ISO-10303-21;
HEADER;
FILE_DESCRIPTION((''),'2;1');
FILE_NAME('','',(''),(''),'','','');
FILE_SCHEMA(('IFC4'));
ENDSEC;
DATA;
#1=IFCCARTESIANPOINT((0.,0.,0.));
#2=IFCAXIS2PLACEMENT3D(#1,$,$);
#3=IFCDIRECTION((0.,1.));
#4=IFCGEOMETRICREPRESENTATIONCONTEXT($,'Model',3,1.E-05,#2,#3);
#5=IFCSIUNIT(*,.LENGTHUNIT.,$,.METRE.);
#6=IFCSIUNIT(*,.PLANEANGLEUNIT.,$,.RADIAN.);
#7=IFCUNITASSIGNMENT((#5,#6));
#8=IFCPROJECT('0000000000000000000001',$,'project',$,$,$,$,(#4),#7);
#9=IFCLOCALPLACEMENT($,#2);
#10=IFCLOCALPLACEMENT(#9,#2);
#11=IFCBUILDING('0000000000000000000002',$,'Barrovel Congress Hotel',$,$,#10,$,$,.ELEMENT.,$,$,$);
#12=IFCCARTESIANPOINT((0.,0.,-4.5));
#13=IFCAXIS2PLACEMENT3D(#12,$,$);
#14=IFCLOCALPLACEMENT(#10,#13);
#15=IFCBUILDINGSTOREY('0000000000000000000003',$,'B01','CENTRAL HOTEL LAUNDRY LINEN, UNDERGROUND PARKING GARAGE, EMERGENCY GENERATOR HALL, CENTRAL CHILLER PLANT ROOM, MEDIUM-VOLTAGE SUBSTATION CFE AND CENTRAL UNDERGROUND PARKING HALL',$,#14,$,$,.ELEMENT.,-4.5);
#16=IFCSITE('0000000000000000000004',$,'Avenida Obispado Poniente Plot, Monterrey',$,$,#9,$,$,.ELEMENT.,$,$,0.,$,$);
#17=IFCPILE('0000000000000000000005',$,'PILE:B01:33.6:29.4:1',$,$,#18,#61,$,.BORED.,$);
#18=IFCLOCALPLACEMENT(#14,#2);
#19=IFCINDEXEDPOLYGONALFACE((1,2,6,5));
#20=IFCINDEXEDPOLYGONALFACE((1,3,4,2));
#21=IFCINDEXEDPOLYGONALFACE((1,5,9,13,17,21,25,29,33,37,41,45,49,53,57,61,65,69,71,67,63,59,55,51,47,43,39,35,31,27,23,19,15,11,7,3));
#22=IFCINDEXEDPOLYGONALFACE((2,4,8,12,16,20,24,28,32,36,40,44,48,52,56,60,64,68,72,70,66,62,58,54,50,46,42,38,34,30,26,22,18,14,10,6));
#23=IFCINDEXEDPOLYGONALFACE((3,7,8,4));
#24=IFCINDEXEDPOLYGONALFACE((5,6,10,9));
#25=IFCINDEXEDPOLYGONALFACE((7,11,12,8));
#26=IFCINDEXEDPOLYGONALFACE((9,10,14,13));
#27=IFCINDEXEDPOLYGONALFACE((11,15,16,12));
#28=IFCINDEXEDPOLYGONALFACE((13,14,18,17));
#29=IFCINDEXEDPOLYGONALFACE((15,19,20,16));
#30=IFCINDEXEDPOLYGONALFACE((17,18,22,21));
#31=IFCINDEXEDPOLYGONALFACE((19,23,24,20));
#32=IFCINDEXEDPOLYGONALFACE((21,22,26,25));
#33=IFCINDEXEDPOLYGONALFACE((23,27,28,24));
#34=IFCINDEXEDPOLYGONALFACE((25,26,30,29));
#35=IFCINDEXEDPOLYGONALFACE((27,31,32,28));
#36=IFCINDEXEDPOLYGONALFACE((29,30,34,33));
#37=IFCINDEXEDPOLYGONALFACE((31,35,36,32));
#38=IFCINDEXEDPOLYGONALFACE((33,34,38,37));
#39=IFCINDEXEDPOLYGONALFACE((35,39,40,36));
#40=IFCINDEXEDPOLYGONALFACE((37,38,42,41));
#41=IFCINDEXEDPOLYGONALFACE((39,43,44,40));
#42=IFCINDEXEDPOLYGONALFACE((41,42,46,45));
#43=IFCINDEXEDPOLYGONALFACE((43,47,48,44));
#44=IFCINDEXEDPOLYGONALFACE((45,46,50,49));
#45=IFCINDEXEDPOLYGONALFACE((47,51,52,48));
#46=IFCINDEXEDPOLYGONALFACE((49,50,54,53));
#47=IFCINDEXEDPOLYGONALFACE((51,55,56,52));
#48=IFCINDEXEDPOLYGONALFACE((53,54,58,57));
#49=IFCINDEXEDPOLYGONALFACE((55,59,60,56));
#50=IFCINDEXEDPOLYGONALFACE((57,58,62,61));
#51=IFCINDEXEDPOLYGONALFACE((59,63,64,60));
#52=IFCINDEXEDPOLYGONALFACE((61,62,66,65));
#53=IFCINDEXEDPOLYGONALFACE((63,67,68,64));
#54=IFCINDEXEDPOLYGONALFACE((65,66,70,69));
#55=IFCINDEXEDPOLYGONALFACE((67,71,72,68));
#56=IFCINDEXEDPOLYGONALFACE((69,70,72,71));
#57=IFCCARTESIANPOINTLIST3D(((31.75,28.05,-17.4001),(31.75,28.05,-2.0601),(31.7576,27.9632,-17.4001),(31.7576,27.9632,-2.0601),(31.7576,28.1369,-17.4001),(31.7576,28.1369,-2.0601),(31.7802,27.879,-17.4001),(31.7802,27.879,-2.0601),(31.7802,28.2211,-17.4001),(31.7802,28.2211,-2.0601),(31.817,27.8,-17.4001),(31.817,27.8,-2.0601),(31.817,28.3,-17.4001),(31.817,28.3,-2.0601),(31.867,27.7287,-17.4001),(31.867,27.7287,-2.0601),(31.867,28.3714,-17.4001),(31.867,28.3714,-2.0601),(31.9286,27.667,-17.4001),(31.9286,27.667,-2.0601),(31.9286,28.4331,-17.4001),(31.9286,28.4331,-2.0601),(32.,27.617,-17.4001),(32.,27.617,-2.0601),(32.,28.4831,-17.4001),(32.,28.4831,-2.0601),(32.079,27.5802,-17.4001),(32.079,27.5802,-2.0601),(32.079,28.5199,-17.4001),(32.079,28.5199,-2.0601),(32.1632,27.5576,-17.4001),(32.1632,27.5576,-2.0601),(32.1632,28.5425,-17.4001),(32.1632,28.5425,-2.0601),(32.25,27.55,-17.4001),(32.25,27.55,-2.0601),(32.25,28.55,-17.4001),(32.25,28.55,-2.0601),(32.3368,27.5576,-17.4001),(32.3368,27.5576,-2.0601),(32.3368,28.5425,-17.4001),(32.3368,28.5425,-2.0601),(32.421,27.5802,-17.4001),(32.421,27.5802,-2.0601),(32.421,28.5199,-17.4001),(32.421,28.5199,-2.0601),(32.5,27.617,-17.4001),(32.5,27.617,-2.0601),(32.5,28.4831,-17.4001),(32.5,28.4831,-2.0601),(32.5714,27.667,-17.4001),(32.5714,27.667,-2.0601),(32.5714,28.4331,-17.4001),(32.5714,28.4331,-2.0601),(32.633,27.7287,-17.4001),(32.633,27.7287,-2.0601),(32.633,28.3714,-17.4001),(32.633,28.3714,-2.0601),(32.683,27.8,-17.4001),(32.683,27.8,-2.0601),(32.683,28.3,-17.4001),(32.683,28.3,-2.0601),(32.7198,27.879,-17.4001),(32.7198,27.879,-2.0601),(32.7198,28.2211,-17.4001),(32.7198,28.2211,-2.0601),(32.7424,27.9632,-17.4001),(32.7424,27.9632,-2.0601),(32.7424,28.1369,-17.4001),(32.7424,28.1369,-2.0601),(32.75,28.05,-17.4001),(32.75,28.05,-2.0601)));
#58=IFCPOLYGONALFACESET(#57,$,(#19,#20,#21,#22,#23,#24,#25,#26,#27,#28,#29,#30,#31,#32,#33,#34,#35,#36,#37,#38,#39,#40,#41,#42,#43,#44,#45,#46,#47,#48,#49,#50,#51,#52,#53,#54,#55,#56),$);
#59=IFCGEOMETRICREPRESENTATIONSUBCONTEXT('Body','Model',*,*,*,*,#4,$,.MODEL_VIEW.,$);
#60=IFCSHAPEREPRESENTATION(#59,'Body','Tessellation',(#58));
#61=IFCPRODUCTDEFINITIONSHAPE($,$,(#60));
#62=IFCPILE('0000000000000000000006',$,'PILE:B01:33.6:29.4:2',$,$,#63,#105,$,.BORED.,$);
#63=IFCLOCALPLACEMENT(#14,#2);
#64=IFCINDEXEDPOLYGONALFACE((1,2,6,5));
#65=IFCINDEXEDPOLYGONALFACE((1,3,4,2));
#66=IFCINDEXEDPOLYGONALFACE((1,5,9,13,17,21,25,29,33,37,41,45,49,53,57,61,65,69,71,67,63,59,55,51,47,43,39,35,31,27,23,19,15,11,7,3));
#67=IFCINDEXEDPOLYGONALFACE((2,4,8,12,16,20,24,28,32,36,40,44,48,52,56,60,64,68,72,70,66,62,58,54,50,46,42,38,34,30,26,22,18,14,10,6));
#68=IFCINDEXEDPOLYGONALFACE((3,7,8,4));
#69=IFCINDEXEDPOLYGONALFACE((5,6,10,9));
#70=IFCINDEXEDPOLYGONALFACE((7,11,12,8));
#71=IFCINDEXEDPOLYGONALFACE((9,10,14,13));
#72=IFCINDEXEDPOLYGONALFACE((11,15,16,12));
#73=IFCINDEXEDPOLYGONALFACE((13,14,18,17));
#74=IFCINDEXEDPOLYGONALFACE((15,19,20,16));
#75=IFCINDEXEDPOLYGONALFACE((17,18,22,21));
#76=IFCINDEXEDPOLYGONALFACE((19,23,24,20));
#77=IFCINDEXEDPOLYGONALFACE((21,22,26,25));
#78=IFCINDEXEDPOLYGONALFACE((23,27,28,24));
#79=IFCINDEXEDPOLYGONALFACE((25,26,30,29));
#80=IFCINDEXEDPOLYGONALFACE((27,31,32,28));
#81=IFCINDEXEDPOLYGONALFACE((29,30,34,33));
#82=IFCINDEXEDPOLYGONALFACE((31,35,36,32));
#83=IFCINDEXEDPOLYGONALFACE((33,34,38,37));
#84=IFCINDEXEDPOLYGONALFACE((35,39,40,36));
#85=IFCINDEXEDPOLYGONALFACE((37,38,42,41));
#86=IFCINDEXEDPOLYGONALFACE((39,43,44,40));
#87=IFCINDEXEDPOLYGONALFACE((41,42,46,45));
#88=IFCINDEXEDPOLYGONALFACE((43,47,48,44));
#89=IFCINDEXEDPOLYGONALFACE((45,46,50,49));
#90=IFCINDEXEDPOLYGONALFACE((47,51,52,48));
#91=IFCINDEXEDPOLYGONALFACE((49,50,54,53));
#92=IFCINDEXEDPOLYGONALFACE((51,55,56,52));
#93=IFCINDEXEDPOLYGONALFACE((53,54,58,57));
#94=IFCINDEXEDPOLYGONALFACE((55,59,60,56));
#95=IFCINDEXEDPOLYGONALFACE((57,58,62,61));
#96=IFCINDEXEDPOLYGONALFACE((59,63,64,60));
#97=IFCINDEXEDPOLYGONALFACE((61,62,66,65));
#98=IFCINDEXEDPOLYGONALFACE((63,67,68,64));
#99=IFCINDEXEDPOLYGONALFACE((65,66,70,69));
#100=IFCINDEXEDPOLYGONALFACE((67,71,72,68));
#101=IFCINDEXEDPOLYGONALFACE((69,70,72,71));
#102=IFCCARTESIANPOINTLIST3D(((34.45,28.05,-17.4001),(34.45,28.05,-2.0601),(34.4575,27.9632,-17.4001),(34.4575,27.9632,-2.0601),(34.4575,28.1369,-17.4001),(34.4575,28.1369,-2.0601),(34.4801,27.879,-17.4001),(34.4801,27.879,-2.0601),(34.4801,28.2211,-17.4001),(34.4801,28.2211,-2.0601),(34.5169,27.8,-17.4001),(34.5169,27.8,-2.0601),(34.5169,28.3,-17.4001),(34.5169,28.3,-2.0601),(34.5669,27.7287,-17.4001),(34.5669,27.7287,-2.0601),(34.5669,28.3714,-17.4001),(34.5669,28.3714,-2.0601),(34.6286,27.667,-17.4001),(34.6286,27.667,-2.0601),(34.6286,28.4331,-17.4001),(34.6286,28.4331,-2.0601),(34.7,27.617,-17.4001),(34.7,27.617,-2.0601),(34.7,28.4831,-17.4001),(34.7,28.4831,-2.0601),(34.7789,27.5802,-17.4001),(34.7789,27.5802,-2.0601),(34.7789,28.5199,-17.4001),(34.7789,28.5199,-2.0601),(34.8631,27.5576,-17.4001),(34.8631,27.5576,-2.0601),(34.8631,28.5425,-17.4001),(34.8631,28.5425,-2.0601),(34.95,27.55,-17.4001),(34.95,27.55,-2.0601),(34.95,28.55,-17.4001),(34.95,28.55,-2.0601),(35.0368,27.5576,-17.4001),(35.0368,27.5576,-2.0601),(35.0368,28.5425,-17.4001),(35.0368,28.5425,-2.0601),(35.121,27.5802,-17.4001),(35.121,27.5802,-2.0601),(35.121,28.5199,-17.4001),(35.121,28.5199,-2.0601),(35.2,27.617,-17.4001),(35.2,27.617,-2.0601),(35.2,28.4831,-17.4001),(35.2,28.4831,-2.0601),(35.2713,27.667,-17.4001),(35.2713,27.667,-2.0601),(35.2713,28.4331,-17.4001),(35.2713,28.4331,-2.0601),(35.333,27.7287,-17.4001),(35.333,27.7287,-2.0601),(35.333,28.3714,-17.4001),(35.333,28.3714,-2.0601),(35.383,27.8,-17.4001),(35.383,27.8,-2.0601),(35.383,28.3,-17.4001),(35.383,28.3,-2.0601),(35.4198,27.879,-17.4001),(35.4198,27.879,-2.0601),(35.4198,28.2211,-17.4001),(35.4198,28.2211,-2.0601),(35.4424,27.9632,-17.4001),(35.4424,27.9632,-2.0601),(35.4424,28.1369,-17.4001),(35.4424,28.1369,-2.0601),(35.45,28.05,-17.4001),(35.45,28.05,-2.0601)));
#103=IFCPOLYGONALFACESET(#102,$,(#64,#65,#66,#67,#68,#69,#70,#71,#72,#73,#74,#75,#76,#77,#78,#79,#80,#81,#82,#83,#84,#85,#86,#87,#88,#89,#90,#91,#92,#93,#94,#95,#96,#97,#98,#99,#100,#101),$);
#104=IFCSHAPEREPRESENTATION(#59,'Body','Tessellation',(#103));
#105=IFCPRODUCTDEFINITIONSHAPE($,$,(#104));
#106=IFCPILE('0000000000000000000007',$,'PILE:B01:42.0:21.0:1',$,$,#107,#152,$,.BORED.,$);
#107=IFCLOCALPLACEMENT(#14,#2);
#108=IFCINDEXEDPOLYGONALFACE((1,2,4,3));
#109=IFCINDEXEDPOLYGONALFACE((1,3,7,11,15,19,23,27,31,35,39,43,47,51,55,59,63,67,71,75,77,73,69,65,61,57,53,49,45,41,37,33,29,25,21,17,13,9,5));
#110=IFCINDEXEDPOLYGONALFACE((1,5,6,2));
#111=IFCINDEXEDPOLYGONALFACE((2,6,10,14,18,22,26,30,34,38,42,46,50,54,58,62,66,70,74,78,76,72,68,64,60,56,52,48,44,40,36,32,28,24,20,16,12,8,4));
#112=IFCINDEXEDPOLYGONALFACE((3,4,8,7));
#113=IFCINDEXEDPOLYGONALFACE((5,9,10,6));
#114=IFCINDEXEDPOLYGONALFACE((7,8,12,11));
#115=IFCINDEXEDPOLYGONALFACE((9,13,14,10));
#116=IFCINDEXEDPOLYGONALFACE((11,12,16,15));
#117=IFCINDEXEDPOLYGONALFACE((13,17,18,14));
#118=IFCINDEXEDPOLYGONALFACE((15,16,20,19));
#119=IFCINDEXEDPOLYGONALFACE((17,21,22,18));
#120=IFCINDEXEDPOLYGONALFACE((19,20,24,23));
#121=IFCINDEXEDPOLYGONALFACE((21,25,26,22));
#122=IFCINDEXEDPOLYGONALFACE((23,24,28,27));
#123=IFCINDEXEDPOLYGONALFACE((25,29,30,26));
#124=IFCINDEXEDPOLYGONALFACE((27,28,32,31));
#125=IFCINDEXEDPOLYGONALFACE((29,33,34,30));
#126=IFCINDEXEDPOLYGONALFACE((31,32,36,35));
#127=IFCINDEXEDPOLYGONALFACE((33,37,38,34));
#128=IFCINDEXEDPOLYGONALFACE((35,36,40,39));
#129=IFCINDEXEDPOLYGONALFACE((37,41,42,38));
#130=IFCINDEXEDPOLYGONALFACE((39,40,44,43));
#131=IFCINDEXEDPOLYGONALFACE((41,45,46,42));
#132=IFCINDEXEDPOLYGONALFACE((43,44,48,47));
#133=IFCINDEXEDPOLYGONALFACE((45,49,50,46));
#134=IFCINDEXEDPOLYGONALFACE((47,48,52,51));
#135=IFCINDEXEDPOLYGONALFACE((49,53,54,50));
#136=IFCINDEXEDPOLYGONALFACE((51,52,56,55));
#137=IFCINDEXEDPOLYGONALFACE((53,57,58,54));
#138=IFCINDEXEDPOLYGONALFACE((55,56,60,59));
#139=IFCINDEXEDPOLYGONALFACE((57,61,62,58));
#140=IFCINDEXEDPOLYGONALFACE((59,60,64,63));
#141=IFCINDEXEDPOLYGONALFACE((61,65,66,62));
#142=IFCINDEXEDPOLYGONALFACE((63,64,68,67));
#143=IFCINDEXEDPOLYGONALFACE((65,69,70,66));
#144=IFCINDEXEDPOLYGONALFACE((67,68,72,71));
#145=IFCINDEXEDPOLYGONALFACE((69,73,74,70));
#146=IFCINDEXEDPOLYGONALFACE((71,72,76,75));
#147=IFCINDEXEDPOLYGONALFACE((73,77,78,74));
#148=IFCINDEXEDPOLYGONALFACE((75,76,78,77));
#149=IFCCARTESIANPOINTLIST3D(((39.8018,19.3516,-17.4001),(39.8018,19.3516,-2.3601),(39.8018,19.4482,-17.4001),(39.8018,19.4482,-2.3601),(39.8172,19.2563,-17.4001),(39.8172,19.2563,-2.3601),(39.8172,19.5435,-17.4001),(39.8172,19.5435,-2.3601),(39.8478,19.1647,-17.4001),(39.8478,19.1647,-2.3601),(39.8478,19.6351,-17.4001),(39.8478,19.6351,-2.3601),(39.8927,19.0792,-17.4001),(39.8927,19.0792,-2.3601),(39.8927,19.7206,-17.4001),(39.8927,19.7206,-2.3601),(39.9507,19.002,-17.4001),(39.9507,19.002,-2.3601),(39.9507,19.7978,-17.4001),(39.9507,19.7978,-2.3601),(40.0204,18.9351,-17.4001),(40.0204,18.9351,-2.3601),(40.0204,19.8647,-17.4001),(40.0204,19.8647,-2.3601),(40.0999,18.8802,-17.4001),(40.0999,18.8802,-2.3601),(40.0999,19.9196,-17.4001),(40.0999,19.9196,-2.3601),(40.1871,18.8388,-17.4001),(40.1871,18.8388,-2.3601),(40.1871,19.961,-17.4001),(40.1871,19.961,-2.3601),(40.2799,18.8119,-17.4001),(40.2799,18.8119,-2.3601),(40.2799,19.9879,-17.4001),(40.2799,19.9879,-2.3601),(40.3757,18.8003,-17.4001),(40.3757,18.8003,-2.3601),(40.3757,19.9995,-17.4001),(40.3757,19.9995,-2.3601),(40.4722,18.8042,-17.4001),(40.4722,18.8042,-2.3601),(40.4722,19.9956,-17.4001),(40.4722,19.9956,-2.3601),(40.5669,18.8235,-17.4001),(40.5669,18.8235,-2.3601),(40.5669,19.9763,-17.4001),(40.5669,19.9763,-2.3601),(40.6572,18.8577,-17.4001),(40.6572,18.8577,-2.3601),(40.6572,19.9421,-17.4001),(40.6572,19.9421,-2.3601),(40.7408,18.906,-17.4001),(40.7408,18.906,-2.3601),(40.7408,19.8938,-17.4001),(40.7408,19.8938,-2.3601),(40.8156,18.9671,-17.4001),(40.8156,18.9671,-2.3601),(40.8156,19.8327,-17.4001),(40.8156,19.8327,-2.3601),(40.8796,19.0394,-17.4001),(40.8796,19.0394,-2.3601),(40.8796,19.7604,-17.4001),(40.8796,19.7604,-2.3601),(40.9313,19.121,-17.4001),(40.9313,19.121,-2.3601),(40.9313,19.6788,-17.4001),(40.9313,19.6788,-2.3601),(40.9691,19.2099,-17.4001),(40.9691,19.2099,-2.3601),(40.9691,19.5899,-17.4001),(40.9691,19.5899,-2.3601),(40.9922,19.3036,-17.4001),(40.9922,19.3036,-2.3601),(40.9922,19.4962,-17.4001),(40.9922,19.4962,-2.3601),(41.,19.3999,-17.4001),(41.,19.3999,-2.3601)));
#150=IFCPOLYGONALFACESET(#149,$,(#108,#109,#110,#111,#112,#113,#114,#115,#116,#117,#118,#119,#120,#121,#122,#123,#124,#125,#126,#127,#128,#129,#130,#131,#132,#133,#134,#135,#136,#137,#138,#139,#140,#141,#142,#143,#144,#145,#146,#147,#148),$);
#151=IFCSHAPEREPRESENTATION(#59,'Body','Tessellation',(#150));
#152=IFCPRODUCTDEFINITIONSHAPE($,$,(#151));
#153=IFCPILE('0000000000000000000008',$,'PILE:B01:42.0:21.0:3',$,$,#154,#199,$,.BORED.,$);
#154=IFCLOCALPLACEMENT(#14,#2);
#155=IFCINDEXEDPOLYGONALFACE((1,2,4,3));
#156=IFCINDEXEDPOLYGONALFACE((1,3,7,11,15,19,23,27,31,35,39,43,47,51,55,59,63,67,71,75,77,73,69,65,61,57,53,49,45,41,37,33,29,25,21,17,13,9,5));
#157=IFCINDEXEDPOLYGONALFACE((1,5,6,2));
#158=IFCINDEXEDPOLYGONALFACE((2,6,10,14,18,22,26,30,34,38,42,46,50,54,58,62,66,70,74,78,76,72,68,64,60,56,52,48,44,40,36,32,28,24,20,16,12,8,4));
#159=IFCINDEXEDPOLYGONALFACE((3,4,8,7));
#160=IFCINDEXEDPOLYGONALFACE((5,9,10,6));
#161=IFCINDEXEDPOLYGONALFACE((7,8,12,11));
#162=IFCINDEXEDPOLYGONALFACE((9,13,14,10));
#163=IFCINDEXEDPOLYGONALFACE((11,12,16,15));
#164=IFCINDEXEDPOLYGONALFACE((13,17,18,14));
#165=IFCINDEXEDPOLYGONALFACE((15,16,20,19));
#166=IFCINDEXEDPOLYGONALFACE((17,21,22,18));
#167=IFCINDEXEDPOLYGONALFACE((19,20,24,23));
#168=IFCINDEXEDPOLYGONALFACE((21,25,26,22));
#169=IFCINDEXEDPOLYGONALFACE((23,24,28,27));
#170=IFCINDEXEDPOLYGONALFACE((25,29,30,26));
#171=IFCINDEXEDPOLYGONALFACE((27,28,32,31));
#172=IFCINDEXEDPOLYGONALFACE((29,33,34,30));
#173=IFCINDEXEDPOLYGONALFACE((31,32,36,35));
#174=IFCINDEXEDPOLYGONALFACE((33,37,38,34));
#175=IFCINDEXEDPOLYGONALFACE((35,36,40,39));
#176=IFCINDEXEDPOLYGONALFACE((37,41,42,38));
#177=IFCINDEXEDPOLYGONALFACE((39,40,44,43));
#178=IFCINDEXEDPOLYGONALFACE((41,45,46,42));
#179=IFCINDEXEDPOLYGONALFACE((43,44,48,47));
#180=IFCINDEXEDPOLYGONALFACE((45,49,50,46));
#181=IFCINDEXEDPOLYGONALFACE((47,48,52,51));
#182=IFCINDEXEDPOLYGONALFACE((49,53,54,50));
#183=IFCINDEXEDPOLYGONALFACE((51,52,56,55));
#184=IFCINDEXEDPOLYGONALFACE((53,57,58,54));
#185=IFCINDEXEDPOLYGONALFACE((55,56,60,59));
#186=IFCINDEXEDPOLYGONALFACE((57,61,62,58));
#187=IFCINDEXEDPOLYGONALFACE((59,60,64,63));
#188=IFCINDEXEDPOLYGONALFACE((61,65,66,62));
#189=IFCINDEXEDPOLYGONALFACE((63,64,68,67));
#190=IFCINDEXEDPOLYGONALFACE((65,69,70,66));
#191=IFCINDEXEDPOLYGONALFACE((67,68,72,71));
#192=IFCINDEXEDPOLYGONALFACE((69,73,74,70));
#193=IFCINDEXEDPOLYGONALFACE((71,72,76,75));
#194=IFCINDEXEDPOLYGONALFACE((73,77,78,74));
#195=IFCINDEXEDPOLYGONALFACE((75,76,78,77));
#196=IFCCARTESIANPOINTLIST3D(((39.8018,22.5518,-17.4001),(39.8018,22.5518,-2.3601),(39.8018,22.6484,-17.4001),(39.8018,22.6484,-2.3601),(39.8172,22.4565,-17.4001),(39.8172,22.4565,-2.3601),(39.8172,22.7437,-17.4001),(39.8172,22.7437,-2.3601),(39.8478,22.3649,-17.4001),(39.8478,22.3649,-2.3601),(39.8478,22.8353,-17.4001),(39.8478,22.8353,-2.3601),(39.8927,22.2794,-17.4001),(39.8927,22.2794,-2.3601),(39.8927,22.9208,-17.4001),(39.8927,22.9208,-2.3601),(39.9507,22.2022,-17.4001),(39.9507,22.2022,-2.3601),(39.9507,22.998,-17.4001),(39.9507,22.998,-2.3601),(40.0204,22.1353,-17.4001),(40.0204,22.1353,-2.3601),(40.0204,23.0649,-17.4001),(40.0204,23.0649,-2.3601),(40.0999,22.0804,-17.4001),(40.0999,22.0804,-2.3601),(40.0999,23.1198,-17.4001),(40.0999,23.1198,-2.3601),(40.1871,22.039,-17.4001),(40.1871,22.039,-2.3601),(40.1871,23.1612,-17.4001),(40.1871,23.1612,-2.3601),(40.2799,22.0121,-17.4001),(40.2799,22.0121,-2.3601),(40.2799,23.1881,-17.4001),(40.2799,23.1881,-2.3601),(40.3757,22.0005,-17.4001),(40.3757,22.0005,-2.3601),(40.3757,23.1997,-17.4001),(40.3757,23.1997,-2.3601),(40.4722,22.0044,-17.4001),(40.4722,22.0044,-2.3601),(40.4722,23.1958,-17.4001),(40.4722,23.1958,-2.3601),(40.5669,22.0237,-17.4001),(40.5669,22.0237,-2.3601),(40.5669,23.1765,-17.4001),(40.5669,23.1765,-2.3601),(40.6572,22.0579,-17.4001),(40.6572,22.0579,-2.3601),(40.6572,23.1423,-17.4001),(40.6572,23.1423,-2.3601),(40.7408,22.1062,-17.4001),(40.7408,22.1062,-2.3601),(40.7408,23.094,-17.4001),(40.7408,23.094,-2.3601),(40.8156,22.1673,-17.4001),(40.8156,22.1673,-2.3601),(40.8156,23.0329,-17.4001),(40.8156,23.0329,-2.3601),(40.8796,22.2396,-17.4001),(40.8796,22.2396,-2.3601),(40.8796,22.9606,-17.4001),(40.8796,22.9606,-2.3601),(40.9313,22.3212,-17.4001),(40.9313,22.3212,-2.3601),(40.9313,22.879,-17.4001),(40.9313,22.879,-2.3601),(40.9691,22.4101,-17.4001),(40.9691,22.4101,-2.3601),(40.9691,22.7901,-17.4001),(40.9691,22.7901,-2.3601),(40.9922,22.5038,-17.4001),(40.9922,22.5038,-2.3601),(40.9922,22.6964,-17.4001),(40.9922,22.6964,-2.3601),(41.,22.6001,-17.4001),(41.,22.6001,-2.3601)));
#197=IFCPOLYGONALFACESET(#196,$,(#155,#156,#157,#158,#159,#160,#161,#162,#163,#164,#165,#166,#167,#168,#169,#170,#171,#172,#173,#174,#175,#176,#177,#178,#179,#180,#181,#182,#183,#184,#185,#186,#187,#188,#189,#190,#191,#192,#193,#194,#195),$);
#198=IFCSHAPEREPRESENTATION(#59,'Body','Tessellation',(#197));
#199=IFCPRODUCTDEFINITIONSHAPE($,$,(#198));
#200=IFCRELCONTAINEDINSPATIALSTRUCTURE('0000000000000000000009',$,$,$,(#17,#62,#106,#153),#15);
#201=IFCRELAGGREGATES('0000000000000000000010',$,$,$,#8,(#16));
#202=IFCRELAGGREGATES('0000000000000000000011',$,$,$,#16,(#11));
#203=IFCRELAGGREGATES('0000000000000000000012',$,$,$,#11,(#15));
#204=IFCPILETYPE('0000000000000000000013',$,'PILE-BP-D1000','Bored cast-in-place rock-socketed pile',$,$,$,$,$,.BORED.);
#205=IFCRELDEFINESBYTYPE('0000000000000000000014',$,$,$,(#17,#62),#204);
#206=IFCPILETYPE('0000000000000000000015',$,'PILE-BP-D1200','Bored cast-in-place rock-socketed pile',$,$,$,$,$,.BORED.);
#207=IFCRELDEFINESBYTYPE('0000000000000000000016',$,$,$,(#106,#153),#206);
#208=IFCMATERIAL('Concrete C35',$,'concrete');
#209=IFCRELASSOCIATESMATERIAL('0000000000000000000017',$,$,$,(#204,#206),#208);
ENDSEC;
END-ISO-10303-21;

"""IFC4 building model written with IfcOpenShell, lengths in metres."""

from ifc_helpers import new_model, si_unit, direction, frame, origin, origin_2d, place, context, subcontext, project, spatial, circle, extrude, material, material_profile, profile_set, type_object, element, save


model = new_model("IFC4")

# Units and contexts
model_context = context("Model", 3, precision=1e-05, world=origin(), true_north=direction((0.0, 1.0)))
body_context = subcontext(model_context, "Body", "Model", "MODEL_VIEW")
ifc_project = project(units=[si_unit("LENGTHUNIT", "METRE"), si_unit("PLANEANGLEUNIT", "RADIAN")], contexts=[model_context])

# Site, building, storey
site_placement = place(None, origin())
site = spatial("IfcSite", under=ifc_project, at=site_placement, Name="Avenida Obispado Poniente Plot, Monterrey", CompositionType="ELEMENT", RefElevation=0.0)
building_placement = place(site_placement, origin())
building = spatial("IfcBuilding", under=site, at=building_placement, Name="Barrovel Congress Hotel", CompositionType="ELEMENT")
storey_placement = place(building_placement, frame((0.0, 0.0, -4.5)))
storey = spatial("IfcBuildingStorey", under=building, at=storey_placement, Name="B01", Description="CENTRAL HOTEL LAUNDRY LINEN, UNDERGROUND PARKING GARAGE, EMERGENCY GENERATOR HALL, CENTRAL CHILLER PLANT ROOM, MEDIUM-VOLTAGE SUBSTATION CFE AND CENTRAL UNDERGROUND PARKING HALL", CompositionType="ELEMENT", Elevation=-4.5)

# Piles
ifc_material_1 = material(Name="Concrete C35", Category="concrete")
ifc_material_profile_1 = material_profile(ifc_material_1, circle(Radius=0.5, at=origin_2d()), Name="BP-D1000")
ifc_profile_set_1 = profile_set([ifc_material_profile_1], Name="Concrete C35")
pile_type_1 = type_object("IfcPileType", Name="PILE-BP-D1000", Description="Bored cast-in-place rock-socketed pile", PredefinedType="BORED", material=ifc_profile_set_1)
for number, where, z_axis, x_axis, name in (
    (1, (32.25, 28.05, -2.0601), (0.0, 0.0, -1.0), (1.0, 0.0, 0.0), "PILE:B01:33.6:29.4:1"),
    (2, (34.95, 28.05, -2.0601), (0.0, 0.0, -1.0), (1.0, 0.0, 0.0), "PILE:B01:33.6:29.4:2"),
):
    element("IfcPile", number, at=place(storey_placement, frame(where, z_axis=z_axis, x_axis=x_axis)), inside=storey, type_object=pile_type_1, Name=name, PredefinedType="BORED", context=body_context, shape_type="SweptSolid", body=[
        extrude(circle(Radius=0.5, at=origin_2d()), origin(), (0.0, 0.0, 1.0), 15.3401),
    ])
ifc_material_profile_2 = material_profile(ifc_material_1, circle(Radius=0.6001, at=origin_2d()), Name="BP-D1200")
ifc_profile_set_2 = profile_set([ifc_material_profile_2], Name="Concrete C35")
pile_type_2 = type_object("IfcPileType", Name="PILE-BP-D1200", Description="Bored cast-in-place rock-socketed pile", PredefinedType="BORED", material=ifc_profile_set_2)
for number, where, z_axis, x_axis, name in (
    (3, (40.3999, 19.3999, -2.3601), (0.0, 0.0, -1.0), (1.0, 0.0, 0.0), "PILE:B01:42.0:21.0:1"),
    (4, (40.3999, 22.6001, -2.3601), (0.0, 0.0, -1.0), (1.0, 0.0, 0.0), "PILE:B01:42.0:21.0:3"),
):
    element("IfcPile", number, at=place(storey_placement, frame(where, z_axis=z_axis, x_axis=x_axis)), inside=storey, type_object=pile_type_2, Name=name, PredefinedType="BORED", context=body_context, shape_type="SweptSolid", body=[
        extrude(circle(Radius=0.6001, at=origin_2d()), origin(), (0.0, 0.0, 1.0), 15.04),
    ])

save(model, "model.ifc")
